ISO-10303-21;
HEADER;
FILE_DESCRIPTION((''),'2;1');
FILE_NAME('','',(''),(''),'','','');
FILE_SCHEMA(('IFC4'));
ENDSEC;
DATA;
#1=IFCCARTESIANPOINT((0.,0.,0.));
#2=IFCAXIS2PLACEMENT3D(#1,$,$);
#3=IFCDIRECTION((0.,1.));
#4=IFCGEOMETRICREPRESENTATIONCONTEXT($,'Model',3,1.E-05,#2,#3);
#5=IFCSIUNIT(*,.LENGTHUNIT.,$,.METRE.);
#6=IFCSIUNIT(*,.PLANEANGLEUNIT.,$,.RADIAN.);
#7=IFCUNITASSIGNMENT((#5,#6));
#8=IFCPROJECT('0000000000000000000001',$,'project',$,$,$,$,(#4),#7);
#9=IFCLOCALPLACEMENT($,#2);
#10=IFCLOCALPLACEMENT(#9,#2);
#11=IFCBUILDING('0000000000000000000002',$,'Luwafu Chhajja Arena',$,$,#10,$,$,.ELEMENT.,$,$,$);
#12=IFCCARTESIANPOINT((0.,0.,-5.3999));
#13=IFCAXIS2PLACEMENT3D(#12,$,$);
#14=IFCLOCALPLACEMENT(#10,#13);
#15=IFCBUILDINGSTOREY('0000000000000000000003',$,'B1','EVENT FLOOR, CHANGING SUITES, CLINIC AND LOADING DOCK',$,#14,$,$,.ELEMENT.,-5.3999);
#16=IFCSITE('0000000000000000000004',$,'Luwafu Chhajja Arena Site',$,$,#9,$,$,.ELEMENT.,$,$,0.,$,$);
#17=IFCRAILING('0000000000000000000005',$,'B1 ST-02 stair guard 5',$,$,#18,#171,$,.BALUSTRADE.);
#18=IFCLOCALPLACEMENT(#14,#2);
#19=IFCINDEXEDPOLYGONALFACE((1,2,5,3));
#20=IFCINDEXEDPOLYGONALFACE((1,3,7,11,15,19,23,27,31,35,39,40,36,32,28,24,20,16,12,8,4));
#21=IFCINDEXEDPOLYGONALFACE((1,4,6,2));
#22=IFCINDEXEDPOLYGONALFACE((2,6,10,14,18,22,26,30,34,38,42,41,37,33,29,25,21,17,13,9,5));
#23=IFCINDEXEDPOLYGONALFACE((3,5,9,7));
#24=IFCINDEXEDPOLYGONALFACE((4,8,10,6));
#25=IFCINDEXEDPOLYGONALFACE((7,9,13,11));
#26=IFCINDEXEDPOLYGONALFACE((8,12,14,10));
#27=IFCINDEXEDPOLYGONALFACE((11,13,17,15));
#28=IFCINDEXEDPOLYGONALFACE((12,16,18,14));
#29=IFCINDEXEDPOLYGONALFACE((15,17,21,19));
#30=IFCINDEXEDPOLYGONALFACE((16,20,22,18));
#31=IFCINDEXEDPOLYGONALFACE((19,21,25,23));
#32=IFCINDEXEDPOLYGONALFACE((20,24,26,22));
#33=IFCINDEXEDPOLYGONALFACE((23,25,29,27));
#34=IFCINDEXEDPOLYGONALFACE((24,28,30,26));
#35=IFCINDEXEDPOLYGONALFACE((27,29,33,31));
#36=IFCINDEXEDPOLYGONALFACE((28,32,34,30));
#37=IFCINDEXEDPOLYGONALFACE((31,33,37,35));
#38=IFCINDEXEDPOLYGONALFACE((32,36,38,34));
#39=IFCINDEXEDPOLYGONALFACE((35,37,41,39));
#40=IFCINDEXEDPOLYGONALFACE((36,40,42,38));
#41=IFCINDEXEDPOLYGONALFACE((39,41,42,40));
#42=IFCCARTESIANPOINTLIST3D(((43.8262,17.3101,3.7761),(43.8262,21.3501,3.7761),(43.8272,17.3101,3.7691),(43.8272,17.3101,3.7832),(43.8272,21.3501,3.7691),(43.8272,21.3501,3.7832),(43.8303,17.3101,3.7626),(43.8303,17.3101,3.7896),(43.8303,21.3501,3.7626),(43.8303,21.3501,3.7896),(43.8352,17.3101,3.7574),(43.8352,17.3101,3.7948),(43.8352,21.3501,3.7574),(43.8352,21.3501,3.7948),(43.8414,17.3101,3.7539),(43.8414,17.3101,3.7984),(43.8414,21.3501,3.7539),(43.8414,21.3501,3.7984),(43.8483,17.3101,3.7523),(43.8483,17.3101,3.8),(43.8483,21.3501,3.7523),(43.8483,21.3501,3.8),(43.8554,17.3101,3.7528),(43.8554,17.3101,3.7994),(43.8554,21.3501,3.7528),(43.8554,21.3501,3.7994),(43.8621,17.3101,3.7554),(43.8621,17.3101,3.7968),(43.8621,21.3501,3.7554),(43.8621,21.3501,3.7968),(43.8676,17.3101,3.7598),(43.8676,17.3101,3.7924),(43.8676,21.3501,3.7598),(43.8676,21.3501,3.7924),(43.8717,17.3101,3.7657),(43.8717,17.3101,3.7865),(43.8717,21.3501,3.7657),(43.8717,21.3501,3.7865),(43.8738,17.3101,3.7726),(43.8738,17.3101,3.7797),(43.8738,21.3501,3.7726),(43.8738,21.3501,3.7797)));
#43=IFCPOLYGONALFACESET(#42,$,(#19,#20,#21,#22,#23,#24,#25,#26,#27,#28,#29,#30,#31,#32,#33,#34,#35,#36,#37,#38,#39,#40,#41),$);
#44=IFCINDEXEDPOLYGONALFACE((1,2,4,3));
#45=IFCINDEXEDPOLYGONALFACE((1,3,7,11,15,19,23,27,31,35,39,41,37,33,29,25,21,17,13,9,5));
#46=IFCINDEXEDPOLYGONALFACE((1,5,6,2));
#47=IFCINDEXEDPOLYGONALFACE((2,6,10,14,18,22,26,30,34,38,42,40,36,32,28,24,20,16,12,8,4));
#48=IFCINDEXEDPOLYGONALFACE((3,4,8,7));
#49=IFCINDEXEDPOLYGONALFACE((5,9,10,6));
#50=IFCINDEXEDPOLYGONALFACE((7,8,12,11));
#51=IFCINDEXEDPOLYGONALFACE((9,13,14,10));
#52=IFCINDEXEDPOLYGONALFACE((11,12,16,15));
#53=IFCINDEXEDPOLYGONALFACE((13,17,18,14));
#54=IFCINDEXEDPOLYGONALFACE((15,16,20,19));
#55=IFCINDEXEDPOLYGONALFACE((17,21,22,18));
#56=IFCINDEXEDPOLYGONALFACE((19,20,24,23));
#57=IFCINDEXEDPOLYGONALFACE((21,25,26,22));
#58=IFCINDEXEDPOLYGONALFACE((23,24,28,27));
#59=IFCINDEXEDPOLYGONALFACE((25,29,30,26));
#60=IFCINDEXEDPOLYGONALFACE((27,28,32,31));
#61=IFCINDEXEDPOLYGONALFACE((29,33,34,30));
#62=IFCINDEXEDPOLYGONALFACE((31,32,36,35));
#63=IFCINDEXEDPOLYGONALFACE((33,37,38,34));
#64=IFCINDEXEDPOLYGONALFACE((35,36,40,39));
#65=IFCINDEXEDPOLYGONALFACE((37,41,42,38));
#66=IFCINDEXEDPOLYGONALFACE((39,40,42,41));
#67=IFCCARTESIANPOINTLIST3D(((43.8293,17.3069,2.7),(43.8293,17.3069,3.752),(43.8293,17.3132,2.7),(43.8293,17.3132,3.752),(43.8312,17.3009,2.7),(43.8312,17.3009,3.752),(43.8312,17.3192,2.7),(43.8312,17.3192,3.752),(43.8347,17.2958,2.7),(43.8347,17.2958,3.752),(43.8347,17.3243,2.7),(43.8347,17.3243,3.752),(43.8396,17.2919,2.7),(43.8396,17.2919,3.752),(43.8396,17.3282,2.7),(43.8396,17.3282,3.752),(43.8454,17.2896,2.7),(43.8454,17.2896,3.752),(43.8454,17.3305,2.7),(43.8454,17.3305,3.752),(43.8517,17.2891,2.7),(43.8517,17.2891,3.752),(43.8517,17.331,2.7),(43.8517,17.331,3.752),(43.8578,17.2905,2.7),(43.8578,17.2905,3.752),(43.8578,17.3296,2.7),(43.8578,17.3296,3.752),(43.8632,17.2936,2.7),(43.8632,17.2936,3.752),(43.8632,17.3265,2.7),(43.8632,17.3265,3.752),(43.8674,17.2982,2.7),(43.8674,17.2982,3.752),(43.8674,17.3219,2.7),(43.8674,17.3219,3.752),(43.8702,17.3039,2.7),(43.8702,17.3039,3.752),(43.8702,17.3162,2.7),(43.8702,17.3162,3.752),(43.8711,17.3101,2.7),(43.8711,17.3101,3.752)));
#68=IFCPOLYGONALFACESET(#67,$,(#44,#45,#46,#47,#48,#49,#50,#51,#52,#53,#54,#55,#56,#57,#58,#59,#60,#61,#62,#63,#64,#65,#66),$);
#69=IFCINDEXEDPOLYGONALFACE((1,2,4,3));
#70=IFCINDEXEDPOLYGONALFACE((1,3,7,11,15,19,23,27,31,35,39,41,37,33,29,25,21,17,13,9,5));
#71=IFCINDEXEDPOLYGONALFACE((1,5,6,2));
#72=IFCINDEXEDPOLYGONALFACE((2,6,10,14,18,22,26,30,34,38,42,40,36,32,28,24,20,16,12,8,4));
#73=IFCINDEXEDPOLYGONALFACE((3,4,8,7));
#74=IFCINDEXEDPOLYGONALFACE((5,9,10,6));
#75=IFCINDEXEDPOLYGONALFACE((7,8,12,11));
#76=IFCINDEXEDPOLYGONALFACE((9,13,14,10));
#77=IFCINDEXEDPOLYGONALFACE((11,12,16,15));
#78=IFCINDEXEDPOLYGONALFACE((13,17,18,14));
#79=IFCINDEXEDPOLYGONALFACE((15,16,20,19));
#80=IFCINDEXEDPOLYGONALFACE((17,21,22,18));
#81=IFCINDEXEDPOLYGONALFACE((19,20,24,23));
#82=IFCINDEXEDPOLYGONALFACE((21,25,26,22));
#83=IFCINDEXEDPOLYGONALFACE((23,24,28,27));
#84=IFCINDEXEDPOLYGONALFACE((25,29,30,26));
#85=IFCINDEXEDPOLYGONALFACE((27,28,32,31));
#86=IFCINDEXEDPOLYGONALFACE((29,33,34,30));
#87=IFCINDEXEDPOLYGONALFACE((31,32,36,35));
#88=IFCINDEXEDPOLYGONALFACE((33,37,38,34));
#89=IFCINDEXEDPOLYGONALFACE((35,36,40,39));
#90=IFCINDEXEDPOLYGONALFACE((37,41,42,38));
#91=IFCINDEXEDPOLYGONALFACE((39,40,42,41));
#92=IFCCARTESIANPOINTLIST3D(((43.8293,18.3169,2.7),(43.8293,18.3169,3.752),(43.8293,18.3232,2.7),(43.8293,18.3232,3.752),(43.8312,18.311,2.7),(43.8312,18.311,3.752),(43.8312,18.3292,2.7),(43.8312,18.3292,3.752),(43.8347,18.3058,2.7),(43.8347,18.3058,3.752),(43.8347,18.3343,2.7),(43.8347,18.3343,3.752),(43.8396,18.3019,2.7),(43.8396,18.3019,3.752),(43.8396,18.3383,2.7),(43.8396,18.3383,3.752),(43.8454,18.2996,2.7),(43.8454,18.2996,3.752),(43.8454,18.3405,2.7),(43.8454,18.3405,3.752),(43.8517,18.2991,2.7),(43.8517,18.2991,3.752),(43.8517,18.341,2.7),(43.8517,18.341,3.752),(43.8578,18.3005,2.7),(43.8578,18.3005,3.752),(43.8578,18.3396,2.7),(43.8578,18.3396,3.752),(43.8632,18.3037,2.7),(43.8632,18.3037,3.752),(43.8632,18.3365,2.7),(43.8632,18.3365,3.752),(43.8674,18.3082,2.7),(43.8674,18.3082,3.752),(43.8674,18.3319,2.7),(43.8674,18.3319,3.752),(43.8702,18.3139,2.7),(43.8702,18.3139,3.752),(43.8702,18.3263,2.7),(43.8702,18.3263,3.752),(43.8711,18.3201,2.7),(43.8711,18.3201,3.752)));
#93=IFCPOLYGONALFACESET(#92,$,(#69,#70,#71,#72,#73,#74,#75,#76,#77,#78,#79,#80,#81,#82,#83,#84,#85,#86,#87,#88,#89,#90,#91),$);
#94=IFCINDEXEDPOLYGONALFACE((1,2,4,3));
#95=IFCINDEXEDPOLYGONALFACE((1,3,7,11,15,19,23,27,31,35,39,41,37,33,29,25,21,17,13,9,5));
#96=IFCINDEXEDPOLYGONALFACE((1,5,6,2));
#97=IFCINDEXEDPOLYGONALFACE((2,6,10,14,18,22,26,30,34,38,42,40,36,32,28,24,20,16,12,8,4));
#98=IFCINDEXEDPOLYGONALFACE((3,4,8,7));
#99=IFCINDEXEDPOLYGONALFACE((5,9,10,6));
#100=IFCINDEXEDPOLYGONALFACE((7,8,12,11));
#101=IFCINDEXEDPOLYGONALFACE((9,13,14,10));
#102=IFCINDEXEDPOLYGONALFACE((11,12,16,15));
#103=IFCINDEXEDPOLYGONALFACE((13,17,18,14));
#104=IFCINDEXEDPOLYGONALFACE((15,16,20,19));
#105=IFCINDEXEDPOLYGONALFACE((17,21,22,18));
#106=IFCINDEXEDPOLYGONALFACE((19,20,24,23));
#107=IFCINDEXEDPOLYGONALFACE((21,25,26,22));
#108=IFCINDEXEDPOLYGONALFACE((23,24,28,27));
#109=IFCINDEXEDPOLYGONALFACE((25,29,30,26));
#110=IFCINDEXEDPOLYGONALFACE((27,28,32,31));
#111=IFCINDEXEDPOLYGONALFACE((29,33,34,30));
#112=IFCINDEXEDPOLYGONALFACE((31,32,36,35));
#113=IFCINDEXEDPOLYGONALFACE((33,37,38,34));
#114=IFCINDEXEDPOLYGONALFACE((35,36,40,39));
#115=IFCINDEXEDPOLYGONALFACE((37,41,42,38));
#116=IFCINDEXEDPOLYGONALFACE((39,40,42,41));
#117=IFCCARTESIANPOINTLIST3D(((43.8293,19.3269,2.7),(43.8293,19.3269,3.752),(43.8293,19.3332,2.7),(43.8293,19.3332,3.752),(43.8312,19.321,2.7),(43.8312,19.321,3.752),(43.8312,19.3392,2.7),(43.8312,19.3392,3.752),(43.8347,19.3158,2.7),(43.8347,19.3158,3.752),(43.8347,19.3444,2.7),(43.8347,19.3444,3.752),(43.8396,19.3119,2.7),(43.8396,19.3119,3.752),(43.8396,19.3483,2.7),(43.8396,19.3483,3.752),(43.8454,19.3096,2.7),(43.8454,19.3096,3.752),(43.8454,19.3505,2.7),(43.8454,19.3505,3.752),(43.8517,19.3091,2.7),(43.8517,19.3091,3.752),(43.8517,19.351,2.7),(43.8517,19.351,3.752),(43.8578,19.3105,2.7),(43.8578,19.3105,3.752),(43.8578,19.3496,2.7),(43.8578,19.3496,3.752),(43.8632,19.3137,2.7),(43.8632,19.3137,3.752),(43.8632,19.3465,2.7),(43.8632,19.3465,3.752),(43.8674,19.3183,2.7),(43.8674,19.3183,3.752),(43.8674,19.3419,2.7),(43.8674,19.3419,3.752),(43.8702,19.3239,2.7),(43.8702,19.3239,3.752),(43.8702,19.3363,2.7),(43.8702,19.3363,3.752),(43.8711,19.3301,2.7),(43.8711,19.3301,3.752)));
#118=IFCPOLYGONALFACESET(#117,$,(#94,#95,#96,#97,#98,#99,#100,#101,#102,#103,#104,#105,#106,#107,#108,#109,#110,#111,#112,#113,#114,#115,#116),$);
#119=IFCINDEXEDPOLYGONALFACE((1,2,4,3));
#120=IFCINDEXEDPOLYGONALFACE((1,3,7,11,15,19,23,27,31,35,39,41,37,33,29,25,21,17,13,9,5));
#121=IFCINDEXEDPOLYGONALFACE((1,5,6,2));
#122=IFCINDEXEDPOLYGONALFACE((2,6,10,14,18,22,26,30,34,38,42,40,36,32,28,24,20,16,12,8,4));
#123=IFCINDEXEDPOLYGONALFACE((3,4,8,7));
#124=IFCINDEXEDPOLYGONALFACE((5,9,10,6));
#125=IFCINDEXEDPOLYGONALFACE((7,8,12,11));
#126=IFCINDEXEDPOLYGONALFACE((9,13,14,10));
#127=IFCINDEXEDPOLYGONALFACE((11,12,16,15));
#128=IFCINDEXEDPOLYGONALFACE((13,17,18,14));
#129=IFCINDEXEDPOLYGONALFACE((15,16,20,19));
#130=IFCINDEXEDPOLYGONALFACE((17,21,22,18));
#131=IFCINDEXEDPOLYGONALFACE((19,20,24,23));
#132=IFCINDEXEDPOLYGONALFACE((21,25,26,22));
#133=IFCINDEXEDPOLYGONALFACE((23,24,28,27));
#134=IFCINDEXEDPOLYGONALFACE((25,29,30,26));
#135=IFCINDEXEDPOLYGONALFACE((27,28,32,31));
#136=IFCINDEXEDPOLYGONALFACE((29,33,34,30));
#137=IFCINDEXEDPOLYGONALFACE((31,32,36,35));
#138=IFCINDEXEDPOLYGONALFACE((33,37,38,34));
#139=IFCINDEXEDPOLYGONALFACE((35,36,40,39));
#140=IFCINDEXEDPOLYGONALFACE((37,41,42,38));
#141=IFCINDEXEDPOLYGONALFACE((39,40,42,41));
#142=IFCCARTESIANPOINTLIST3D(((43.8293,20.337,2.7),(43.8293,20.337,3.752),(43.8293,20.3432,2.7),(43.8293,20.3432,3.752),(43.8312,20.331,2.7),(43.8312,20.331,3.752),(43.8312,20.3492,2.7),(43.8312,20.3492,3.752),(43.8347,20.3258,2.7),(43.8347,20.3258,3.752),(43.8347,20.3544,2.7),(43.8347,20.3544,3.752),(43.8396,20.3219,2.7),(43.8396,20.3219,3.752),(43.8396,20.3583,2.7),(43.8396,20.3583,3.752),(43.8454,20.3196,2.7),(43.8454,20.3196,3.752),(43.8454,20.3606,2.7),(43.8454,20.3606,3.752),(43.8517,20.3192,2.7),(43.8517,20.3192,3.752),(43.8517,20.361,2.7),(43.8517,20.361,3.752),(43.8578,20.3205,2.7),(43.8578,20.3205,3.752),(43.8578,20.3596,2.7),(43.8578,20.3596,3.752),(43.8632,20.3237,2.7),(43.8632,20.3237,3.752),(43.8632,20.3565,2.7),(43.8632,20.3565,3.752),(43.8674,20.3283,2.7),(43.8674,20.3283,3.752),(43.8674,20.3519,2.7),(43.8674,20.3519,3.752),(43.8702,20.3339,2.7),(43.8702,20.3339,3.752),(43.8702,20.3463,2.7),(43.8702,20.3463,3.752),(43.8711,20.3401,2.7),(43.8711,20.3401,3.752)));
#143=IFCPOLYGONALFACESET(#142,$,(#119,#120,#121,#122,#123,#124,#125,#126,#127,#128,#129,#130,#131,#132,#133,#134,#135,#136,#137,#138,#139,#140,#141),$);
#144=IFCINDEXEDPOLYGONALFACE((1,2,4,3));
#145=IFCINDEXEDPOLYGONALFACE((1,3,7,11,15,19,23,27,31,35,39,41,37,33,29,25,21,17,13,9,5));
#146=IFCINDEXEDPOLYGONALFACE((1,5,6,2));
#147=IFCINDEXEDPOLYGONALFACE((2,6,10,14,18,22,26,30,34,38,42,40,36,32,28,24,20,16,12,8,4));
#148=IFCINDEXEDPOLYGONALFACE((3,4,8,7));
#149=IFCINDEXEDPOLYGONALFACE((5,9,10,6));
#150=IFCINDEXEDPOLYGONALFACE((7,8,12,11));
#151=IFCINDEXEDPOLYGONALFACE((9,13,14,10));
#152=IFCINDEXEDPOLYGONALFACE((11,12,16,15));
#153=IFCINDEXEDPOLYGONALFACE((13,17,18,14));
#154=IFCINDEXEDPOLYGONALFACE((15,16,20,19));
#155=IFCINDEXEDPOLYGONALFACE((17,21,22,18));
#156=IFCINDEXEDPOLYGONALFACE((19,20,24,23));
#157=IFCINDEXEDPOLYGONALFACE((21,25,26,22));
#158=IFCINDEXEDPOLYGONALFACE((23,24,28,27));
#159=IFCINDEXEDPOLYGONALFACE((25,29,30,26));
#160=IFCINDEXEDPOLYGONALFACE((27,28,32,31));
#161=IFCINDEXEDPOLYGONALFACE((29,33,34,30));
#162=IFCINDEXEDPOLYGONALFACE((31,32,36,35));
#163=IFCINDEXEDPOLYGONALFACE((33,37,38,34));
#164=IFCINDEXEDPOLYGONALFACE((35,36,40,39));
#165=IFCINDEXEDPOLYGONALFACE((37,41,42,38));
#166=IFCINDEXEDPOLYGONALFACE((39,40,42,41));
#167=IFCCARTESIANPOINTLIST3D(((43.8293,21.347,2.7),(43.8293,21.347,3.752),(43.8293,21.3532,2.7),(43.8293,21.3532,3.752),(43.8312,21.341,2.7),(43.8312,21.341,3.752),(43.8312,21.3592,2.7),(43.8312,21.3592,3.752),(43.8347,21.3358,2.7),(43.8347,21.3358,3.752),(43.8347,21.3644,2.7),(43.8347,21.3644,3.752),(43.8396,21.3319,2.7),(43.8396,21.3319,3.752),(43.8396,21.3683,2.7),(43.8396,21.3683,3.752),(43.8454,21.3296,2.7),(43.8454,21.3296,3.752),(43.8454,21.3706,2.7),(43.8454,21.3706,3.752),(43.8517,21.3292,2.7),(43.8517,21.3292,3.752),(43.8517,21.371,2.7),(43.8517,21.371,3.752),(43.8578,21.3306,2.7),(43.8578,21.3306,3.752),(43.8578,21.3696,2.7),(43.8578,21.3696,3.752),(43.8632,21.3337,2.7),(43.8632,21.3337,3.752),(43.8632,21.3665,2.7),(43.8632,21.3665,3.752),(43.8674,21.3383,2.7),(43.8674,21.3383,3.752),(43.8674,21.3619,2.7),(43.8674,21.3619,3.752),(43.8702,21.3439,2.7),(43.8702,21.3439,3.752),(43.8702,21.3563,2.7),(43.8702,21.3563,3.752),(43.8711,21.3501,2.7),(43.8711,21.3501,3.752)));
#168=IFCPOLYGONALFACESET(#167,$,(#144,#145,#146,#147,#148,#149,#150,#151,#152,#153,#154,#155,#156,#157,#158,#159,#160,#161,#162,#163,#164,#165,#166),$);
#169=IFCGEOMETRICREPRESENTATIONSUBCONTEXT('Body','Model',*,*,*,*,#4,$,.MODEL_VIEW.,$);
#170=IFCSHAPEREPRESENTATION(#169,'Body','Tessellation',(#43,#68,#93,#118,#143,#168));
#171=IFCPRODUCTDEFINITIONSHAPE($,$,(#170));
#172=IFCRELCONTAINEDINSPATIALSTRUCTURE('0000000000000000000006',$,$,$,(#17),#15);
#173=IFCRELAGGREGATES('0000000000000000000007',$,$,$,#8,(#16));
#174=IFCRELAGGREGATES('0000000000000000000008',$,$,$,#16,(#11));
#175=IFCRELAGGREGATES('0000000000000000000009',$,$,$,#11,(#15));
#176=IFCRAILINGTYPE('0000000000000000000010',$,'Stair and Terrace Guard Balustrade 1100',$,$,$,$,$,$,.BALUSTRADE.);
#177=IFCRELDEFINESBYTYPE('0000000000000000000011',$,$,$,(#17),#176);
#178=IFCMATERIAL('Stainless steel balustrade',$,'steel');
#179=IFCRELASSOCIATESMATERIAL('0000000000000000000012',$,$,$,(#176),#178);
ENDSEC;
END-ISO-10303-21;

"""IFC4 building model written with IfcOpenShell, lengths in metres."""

from ifc_helpers import new_model, si_unit, direction, frame, origin, origin_2d, place, context, subcontext, project, spatial, circle, extrude, material, type_object, element, save


model = new_model("IFC4")

# Units and contexts
model_context = context("Model", 3, precision=1e-05, world=origin(), true_north=direction((0.0, 1.0)))
body_context = subcontext(model_context, "Body", "Model", "MODEL_VIEW")
ifc_project = project(units=[si_unit("LENGTHUNIT", "METRE"), si_unit("PLANEANGLEUNIT", "RADIAN")], contexts=[model_context])

# Site, building, storey
site_placement = place(None, origin())
site = spatial("IfcSite", under=ifc_project, at=site_placement, Name="Luwafu Chhajja Arena Site", CompositionType="ELEMENT", RefElevation=0.0)
building_placement = place(site_placement, origin())
building = spatial("IfcBuilding", under=site, at=building_placement, Name="Luwafu Chhajja Arena", CompositionType="ELEMENT")
storey_placement = place(building_placement, frame((0.0, 0.0, -5.3999)))
storey = spatial("IfcBuildingStorey", under=building, at=storey_placement, Name="B1", Description="EVENT FLOOR, CHANGING SUITES, CLINIC AND LOADING DOCK", CompositionType="ELEMENT", Elevation=-5.3999)

# Railing
ifc_material_1 = material(Name="Stainless steel balustrade", Category="steel")
railing_type_1 = type_object("IfcRailingType", Name="Stair and Terrace Guard Balustrade 1100", PredefinedType="BALUSTRADE", material=ifc_material_1)
railing_1_placement = place(storey_placement, frame((43.8501, 17.3101, 2.7)))
element("IfcRailing", 1, at=railing_1_placement, inside=storey, type_object=railing_type_1, Name="B1 ST-02 stair guard 5", PredefinedType="BALUSTRADE", context=body_context, shape_type="SweptSolid", body=[
    extrude(circle(Radius=0.0239, at=origin_2d()), frame((0.0, 0.0, 1.0762), z_axis=(0.0, 1.0, 0.0), x_axis=(-1.0, 0.0, 0.0)), (0.0, 0.0, 1.0), 4.04),
    extrude(circle(Radius=0.021, at=origin_2d()), origin(), (0.0, 0.0, 1.0), 1.052),
    extrude(circle(Radius=0.021, at=origin_2d()), frame((0.0, 1.01, 0.0)), (0.0, 0.0, 1.0), 1.052),
    extrude(circle(Radius=0.021, at=origin_2d()), frame((0.0, 2.02, 0.0)), (0.0, 0.0, 1.0), 1.052),
    extrude(circle(Radius=0.021, at=origin_2d()), frame((0.0, 3.03, 0.0)), (0.0, 0.0, 1.0), 1.052),
    extrude(circle(Radius=0.021, at=origin_2d()), frame((0.0, 4.04, 0.0)), (0.0, 0.0, 1.0), 1.052),
])

save(model, "model.ifc")
